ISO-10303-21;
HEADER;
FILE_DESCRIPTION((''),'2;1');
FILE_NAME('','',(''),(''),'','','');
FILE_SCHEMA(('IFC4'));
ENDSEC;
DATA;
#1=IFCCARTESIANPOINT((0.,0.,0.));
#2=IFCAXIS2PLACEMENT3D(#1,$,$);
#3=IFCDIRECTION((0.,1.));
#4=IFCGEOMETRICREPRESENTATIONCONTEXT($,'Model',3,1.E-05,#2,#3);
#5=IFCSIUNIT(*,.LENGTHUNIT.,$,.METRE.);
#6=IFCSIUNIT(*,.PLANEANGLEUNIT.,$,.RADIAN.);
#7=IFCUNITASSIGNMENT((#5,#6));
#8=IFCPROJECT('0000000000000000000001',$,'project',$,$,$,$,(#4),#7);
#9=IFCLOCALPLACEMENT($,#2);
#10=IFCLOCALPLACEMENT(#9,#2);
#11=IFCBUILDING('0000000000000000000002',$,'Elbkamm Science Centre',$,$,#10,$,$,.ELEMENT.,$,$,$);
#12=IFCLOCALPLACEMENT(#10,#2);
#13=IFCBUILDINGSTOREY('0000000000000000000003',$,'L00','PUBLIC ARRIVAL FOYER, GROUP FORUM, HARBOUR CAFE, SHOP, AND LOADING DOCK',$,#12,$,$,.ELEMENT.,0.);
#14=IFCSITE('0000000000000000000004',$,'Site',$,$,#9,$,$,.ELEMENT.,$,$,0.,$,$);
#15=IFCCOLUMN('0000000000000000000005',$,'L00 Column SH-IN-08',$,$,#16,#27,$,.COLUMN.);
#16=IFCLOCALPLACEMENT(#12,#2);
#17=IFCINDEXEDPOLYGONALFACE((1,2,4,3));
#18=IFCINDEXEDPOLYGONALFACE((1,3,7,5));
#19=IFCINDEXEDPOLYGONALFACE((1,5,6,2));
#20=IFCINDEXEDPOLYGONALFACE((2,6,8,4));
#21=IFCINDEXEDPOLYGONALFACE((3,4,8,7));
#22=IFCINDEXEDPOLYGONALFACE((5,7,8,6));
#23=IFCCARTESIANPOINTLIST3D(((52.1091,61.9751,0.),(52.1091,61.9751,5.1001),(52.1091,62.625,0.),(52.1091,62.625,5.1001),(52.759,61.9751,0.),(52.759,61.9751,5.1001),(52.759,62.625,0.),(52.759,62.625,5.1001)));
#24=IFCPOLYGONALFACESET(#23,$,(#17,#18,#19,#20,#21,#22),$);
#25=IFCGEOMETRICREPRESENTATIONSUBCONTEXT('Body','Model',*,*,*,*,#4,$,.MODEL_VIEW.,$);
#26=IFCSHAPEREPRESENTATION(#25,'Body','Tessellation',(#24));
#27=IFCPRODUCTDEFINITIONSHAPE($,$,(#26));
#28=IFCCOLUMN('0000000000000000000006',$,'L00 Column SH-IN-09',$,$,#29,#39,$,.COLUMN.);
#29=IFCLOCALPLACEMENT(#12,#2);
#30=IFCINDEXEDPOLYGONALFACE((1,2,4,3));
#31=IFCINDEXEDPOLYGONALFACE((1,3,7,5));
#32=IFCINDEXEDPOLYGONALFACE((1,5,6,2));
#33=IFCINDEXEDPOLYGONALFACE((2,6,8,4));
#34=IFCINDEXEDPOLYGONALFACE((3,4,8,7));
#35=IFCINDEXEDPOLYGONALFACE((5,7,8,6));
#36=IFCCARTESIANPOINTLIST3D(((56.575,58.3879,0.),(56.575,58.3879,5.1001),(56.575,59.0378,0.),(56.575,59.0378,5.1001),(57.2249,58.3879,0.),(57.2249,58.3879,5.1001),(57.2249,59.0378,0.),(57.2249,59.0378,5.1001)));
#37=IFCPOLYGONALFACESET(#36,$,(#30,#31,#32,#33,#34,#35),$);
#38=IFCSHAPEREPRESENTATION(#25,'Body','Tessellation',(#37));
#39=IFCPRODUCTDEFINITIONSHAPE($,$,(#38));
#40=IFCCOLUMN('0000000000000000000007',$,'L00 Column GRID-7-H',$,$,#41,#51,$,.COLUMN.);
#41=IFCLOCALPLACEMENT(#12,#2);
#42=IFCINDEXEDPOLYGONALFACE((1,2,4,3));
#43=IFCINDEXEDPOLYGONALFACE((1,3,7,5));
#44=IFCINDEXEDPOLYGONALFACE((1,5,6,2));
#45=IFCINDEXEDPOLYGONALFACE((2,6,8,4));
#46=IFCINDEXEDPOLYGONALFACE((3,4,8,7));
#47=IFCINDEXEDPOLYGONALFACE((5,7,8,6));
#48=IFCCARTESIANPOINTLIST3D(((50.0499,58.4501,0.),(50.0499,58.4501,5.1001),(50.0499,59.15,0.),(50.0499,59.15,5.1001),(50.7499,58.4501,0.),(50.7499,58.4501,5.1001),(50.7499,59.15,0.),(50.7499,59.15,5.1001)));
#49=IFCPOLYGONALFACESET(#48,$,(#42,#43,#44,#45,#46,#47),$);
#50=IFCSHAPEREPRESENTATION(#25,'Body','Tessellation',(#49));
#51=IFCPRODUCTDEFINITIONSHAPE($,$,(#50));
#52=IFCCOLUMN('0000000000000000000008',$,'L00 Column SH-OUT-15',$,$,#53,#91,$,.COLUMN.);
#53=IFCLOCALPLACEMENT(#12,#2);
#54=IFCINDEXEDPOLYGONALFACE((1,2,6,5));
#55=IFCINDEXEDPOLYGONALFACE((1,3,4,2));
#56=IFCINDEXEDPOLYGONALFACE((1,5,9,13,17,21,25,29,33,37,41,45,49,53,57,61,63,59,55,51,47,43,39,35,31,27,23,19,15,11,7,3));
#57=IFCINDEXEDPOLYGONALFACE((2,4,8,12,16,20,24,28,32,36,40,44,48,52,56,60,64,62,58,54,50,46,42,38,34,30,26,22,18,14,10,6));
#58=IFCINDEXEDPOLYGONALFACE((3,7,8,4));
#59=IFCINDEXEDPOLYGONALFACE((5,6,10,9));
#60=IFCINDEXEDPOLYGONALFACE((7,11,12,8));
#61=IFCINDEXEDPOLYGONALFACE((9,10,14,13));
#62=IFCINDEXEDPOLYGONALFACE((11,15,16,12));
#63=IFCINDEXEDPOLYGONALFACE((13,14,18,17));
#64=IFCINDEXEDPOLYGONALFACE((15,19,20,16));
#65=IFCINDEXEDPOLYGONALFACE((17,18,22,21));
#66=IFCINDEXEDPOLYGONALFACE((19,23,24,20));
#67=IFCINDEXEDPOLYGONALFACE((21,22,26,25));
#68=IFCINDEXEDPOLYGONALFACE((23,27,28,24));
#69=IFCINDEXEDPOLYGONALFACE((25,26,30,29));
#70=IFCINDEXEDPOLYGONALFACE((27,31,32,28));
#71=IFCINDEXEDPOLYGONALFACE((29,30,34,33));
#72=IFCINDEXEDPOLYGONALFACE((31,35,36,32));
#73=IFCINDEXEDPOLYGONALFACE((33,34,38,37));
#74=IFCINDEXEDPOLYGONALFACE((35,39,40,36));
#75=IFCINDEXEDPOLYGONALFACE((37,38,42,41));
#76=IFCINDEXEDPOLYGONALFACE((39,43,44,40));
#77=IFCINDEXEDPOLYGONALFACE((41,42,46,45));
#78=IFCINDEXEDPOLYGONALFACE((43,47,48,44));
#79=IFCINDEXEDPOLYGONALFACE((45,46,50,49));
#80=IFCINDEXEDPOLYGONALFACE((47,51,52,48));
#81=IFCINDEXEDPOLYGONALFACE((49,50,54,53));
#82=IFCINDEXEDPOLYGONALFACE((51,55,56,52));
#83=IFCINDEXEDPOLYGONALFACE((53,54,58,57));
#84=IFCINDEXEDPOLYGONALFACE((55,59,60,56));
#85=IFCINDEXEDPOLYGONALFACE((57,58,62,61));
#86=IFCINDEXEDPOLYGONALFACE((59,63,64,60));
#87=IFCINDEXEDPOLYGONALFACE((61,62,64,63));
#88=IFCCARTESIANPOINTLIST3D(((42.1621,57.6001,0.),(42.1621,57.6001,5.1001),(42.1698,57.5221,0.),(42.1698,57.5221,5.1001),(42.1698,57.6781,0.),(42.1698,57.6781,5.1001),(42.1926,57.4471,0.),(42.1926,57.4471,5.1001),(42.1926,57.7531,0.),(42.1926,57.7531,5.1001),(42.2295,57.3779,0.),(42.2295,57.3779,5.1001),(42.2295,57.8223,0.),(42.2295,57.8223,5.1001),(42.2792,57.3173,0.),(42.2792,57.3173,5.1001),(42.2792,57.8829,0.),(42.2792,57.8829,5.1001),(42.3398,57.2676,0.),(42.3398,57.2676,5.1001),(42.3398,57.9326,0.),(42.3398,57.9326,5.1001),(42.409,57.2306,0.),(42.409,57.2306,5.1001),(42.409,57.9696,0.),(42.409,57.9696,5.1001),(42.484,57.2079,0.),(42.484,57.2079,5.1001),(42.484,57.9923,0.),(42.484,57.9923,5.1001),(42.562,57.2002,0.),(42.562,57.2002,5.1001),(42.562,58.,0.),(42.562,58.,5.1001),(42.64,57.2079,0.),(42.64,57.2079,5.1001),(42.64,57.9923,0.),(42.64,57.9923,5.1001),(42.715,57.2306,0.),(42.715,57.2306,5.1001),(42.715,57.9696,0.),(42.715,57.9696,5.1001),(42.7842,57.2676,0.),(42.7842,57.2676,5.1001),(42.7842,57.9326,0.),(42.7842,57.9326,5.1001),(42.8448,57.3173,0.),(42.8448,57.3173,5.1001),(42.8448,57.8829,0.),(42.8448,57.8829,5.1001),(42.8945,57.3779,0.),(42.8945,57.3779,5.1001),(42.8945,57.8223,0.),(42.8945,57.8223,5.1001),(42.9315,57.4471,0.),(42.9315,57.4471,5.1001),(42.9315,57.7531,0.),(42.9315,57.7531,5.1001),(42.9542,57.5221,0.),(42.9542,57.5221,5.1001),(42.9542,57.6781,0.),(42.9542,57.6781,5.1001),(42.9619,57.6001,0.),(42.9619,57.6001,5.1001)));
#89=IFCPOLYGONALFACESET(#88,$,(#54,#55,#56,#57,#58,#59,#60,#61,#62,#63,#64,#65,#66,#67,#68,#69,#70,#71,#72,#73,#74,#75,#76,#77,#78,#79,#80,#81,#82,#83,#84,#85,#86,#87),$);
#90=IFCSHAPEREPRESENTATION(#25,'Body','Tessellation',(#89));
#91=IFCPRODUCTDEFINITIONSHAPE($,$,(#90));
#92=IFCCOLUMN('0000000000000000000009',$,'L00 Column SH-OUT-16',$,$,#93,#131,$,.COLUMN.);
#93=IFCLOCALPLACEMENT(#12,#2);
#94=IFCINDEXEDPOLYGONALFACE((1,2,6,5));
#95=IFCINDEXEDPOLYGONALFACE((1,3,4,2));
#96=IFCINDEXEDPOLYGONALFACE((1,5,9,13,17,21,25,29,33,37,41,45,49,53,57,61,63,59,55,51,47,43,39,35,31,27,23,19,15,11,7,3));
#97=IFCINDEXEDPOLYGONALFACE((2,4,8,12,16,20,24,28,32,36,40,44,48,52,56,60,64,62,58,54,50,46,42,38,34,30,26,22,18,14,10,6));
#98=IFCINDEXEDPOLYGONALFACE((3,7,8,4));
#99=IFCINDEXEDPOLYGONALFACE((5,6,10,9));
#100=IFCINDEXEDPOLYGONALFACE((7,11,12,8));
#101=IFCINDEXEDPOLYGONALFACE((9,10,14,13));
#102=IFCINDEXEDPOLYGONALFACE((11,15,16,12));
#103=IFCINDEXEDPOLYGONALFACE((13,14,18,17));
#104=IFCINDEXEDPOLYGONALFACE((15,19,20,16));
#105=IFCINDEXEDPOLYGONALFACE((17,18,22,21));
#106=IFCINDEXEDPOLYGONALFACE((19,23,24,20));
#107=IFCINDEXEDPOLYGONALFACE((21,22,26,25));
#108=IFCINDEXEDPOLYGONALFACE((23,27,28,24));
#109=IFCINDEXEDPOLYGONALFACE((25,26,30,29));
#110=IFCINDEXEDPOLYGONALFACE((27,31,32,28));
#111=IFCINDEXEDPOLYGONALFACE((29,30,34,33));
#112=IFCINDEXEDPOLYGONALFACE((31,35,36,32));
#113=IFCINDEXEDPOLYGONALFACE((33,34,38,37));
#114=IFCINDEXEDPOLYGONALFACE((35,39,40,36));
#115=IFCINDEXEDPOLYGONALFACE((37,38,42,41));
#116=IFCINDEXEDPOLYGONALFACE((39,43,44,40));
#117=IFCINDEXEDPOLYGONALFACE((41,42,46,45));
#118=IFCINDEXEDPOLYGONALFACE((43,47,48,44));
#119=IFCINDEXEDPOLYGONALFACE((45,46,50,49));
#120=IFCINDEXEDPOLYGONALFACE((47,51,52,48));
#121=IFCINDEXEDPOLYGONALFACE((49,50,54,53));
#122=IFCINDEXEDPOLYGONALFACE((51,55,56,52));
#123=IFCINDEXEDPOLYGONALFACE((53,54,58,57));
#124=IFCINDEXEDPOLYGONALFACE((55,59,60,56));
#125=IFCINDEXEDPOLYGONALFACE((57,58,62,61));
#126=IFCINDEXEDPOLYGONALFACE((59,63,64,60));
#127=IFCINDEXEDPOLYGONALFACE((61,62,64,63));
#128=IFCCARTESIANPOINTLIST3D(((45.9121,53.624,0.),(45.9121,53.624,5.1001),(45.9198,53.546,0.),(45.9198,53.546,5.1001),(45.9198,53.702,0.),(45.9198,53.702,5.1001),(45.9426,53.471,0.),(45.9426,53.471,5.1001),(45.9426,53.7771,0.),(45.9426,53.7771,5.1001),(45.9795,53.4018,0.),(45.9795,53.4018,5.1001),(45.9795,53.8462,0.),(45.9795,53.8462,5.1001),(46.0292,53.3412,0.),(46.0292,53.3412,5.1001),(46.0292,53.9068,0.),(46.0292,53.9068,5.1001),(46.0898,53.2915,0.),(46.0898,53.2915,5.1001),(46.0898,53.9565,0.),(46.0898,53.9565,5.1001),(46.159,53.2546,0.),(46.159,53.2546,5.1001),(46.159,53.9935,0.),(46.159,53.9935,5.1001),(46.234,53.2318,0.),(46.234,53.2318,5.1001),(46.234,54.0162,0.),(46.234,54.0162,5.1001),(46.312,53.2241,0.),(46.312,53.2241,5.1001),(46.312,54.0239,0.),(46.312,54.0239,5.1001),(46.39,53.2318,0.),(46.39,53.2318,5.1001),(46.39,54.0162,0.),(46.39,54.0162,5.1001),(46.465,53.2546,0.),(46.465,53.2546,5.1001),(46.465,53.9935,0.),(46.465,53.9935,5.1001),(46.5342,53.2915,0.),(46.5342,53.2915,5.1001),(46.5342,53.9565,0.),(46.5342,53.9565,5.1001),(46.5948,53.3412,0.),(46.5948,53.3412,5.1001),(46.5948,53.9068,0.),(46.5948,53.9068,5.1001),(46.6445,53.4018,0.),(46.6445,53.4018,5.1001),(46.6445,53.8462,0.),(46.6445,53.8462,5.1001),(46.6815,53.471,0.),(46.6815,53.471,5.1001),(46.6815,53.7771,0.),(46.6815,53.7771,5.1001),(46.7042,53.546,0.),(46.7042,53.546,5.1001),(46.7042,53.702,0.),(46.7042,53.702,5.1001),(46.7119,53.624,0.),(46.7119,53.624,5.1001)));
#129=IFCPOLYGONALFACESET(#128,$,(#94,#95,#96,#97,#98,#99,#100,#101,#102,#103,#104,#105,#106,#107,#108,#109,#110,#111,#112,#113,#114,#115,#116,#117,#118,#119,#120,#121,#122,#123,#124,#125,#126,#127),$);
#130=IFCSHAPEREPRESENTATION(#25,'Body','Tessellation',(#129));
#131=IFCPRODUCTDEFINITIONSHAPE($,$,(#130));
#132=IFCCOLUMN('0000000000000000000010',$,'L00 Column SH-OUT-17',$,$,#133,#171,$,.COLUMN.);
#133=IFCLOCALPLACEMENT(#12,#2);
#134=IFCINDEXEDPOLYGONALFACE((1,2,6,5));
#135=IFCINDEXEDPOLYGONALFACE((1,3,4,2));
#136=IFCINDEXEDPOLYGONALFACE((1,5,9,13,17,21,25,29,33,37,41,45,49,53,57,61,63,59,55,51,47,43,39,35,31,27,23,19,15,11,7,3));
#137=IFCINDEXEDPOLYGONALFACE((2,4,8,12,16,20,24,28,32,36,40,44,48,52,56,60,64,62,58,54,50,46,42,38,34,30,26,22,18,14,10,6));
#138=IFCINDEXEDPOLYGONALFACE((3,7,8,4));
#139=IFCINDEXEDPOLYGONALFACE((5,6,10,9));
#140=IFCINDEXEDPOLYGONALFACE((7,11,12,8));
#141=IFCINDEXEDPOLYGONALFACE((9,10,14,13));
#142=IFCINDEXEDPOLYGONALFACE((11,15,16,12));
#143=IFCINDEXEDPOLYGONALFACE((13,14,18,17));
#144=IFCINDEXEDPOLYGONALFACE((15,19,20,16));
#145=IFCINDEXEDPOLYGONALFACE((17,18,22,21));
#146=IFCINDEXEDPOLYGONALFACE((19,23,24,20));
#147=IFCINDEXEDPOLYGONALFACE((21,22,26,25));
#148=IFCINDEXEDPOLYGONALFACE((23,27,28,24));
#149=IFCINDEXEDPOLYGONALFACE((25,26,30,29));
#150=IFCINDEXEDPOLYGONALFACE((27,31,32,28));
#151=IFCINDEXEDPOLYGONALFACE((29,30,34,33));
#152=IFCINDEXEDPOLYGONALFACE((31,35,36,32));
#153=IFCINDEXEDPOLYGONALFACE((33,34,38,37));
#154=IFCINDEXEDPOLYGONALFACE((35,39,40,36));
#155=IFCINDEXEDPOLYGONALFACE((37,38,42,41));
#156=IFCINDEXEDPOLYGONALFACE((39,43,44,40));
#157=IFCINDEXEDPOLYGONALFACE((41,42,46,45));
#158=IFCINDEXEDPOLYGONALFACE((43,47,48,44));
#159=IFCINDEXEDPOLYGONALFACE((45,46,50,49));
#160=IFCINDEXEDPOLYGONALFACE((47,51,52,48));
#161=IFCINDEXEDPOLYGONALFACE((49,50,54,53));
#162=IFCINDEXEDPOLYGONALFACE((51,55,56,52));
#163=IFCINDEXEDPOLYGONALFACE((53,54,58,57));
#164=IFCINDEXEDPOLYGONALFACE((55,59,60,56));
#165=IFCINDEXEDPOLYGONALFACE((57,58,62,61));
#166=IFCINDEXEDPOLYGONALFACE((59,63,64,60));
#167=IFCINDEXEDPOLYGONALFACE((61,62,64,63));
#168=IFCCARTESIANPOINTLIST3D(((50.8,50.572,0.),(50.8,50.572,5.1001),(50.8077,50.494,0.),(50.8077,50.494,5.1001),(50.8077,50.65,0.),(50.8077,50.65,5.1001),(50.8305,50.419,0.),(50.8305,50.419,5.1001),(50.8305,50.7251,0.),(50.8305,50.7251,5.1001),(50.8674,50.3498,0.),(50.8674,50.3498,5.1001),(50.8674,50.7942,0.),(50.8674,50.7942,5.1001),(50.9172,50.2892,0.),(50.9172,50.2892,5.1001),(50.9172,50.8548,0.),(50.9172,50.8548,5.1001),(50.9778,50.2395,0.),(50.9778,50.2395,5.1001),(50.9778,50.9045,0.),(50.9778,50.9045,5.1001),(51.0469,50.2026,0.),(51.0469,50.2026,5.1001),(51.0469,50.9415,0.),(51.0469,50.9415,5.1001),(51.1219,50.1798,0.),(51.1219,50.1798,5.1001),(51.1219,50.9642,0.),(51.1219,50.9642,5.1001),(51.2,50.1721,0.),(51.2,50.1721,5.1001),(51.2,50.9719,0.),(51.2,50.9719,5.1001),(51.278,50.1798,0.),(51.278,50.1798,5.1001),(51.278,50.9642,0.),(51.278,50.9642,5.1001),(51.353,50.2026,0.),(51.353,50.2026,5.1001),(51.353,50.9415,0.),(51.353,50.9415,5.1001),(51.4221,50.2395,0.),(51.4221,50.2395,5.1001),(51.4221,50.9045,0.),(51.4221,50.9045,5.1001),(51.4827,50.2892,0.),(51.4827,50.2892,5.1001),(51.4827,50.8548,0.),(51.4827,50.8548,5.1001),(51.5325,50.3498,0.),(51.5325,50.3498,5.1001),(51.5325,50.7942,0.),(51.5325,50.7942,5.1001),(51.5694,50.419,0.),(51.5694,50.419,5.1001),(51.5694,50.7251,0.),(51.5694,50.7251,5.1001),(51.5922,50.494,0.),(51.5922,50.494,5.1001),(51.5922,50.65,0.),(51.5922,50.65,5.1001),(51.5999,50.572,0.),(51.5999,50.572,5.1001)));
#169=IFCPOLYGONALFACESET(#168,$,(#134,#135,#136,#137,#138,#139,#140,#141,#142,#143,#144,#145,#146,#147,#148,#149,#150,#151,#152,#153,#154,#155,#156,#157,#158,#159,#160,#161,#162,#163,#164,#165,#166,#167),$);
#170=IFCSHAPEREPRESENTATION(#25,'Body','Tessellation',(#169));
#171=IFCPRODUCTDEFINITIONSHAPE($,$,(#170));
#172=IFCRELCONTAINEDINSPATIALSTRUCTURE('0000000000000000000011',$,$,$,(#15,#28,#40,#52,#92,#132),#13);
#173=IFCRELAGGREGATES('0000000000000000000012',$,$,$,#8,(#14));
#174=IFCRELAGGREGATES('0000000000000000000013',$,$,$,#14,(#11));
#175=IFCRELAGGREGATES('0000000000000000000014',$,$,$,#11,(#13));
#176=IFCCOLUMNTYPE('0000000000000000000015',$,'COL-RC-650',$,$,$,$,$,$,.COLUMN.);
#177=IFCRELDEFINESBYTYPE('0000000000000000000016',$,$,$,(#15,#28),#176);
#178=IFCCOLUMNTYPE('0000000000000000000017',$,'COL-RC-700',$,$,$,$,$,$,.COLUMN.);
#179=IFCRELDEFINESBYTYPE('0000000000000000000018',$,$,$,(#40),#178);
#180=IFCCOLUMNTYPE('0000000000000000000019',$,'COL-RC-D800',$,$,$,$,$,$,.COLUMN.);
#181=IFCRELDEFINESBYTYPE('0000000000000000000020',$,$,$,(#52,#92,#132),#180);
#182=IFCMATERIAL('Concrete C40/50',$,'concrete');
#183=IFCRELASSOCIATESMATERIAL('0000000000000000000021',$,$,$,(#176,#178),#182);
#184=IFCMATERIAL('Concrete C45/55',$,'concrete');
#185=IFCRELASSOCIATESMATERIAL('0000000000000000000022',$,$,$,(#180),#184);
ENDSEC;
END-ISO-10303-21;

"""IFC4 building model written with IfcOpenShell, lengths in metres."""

from ifc_helpers import new_model, si_unit, direction, frame, origin, origin_2d, place, context, subcontext, project, spatial, rectangle, circle, extrude, material, material_profile, profile_set, type_object, element, save


model = new_model("IFC4")

# Units and contexts
model_context = context("Model", 3, precision=1e-05, world=origin(), true_north=direction((0.0, 1.0)))
body_context = subcontext(model_context, "Body", "Model", "MODEL_VIEW")
ifc_project = project(units=[si_unit("LENGTHUNIT", "METRE"), si_unit("PLANEANGLEUNIT", "RADIAN")], contexts=[model_context])

# Site, building, storey
site_placement = place(None, origin())
site = spatial("IfcSite", under=ifc_project, at=site_placement, Name="Site", CompositionType="ELEMENT", RefElevation=0.0)
building_placement = place(site_placement, origin())
building = spatial("IfcBuilding", under=site, at=building_placement, Name="Elbkamm Science Centre", CompositionType="ELEMENT")
storey_placement = place(building_placement, origin())
storey = spatial("IfcBuildingStorey", under=building, at=storey_placement, Name="L00", Description="PUBLIC ARRIVAL FOYER, GROUP FORUM, HARBOUR CAFE, SHOP, AND LOADING DOCK", CompositionType="ELEMENT", Elevation=0.0)

# Columns
ifc_material_1 = material(Name="Concrete C40/50", Category="concrete")
ifc_material_profile_1 = material_profile(ifc_material_1, rectangle(XDim=0.6499, YDim=0.6499, at=origin_2d()), Name="RC 650x650")
ifc_profile_set_1 = profile_set([ifc_material_profile_1], Name="Concrete C40/50")
column_type_1 = type_object("IfcColumnType", Name="COL-RC-650", PredefinedType="COLUMN", material=ifc_profile_set_1)
for number, where, z_axis, x_axis, name in (
    (1, (52.4341, 62.3, 0.0), (0.0, 0.0, 1.0), (1.0, 0.0, 0.0), "L00 Column SH-IN-08"),
    (2, (56.8999, 58.7129, 0.0), (0.0, 0.0, 1.0), (1.0, 0.0, 0.0), "L00 Column SH-IN-09"),
):
    element("IfcColumn", number, at=place(storey_placement, frame(where, z_axis=z_axis, x_axis=x_axis)), inside=storey, type_object=column_type_1, Name=name, PredefinedType="COLUMN", context=body_context, shape_type="SweptSolid", body=[
        extrude(rectangle(XDim=0.6499, YDim=0.6499, at=origin_2d()), origin(), (0.0, 0.0, 1.0), 5.1001),
    ])
ifc_material_profile_2 = material_profile(ifc_material_1, rectangle(XDim=0.7, YDim=0.7, at=origin_2d()), Name="RC 700x700")
ifc_profile_set_2 = profile_set([ifc_material_profile_2], Name="Concrete C40/50")
column_type_2 = type_object("IfcColumnType", Name="COL-RC-700", PredefinedType="COLUMN", material=ifc_profile_set_2)
column_placement = place(storey_placement, frame((50.3999, 58.8, 0.0), z_axis=(0.0, 0.0, 1.0), x_axis=(1.0, 0.0, 0.0)))
element("IfcColumn", 3, at=column_placement, inside=storey, type_object=column_type_2, Name="L00 Column GRID-7-H", PredefinedType="COLUMN", context=body_context, shape_type="SweptSolid", body=[
    extrude(rectangle(XDim=0.7, YDim=0.7, at=origin_2d()), origin(), (0.0, 0.0, 1.0), 5.1001),
])
ifc_material_2 = material(Name="Concrete C45/55", Category="concrete")
ifc_material_profile_3 = material_profile(ifc_material_2, circle(Radius=0.3999, at=origin_2d()), Name="RC D800")
ifc_profile_set_3 = profile_set([ifc_material_profile_3], Name="Concrete C45/55")
column_type_3 = type_object("IfcColumnType", Name="COL-RC-D800", PredefinedType="COLUMN", material=ifc_profile_set_3)
for number, where, z_axis, x_axis, name in (
    (4, (42.562, 57.6001, 0.0), (0.0, 0.0, 1.0), (1.0, 0.0, 0.0), "L00 Column SH-OUT-15"),
    (5, (46.312, 53.624, 0.0), (0.0, 0.0, 1.0), (1.0, 0.0, 0.0), "L00 Column SH-OUT-16"),
    (6, (51.2, 50.572, 0.0), (0.0, 0.0, 1.0), (1.0, 0.0, 0.0), "L00 Column SH-OUT-17"),
):
    element("IfcColumn", number, at=place(storey_placement, frame(where, z_axis=z_axis, x_axis=x_axis)), inside=storey, type_object=column_type_3, Name=name, PredefinedType="COLUMN", context=body_context, shape_type="SweptSolid", body=[
        extrude(circle(Radius=0.3999, at=origin_2d()), origin(), (0.0, 0.0, 1.0), 5.1001),
    ])

save(model, "model.ifc")
